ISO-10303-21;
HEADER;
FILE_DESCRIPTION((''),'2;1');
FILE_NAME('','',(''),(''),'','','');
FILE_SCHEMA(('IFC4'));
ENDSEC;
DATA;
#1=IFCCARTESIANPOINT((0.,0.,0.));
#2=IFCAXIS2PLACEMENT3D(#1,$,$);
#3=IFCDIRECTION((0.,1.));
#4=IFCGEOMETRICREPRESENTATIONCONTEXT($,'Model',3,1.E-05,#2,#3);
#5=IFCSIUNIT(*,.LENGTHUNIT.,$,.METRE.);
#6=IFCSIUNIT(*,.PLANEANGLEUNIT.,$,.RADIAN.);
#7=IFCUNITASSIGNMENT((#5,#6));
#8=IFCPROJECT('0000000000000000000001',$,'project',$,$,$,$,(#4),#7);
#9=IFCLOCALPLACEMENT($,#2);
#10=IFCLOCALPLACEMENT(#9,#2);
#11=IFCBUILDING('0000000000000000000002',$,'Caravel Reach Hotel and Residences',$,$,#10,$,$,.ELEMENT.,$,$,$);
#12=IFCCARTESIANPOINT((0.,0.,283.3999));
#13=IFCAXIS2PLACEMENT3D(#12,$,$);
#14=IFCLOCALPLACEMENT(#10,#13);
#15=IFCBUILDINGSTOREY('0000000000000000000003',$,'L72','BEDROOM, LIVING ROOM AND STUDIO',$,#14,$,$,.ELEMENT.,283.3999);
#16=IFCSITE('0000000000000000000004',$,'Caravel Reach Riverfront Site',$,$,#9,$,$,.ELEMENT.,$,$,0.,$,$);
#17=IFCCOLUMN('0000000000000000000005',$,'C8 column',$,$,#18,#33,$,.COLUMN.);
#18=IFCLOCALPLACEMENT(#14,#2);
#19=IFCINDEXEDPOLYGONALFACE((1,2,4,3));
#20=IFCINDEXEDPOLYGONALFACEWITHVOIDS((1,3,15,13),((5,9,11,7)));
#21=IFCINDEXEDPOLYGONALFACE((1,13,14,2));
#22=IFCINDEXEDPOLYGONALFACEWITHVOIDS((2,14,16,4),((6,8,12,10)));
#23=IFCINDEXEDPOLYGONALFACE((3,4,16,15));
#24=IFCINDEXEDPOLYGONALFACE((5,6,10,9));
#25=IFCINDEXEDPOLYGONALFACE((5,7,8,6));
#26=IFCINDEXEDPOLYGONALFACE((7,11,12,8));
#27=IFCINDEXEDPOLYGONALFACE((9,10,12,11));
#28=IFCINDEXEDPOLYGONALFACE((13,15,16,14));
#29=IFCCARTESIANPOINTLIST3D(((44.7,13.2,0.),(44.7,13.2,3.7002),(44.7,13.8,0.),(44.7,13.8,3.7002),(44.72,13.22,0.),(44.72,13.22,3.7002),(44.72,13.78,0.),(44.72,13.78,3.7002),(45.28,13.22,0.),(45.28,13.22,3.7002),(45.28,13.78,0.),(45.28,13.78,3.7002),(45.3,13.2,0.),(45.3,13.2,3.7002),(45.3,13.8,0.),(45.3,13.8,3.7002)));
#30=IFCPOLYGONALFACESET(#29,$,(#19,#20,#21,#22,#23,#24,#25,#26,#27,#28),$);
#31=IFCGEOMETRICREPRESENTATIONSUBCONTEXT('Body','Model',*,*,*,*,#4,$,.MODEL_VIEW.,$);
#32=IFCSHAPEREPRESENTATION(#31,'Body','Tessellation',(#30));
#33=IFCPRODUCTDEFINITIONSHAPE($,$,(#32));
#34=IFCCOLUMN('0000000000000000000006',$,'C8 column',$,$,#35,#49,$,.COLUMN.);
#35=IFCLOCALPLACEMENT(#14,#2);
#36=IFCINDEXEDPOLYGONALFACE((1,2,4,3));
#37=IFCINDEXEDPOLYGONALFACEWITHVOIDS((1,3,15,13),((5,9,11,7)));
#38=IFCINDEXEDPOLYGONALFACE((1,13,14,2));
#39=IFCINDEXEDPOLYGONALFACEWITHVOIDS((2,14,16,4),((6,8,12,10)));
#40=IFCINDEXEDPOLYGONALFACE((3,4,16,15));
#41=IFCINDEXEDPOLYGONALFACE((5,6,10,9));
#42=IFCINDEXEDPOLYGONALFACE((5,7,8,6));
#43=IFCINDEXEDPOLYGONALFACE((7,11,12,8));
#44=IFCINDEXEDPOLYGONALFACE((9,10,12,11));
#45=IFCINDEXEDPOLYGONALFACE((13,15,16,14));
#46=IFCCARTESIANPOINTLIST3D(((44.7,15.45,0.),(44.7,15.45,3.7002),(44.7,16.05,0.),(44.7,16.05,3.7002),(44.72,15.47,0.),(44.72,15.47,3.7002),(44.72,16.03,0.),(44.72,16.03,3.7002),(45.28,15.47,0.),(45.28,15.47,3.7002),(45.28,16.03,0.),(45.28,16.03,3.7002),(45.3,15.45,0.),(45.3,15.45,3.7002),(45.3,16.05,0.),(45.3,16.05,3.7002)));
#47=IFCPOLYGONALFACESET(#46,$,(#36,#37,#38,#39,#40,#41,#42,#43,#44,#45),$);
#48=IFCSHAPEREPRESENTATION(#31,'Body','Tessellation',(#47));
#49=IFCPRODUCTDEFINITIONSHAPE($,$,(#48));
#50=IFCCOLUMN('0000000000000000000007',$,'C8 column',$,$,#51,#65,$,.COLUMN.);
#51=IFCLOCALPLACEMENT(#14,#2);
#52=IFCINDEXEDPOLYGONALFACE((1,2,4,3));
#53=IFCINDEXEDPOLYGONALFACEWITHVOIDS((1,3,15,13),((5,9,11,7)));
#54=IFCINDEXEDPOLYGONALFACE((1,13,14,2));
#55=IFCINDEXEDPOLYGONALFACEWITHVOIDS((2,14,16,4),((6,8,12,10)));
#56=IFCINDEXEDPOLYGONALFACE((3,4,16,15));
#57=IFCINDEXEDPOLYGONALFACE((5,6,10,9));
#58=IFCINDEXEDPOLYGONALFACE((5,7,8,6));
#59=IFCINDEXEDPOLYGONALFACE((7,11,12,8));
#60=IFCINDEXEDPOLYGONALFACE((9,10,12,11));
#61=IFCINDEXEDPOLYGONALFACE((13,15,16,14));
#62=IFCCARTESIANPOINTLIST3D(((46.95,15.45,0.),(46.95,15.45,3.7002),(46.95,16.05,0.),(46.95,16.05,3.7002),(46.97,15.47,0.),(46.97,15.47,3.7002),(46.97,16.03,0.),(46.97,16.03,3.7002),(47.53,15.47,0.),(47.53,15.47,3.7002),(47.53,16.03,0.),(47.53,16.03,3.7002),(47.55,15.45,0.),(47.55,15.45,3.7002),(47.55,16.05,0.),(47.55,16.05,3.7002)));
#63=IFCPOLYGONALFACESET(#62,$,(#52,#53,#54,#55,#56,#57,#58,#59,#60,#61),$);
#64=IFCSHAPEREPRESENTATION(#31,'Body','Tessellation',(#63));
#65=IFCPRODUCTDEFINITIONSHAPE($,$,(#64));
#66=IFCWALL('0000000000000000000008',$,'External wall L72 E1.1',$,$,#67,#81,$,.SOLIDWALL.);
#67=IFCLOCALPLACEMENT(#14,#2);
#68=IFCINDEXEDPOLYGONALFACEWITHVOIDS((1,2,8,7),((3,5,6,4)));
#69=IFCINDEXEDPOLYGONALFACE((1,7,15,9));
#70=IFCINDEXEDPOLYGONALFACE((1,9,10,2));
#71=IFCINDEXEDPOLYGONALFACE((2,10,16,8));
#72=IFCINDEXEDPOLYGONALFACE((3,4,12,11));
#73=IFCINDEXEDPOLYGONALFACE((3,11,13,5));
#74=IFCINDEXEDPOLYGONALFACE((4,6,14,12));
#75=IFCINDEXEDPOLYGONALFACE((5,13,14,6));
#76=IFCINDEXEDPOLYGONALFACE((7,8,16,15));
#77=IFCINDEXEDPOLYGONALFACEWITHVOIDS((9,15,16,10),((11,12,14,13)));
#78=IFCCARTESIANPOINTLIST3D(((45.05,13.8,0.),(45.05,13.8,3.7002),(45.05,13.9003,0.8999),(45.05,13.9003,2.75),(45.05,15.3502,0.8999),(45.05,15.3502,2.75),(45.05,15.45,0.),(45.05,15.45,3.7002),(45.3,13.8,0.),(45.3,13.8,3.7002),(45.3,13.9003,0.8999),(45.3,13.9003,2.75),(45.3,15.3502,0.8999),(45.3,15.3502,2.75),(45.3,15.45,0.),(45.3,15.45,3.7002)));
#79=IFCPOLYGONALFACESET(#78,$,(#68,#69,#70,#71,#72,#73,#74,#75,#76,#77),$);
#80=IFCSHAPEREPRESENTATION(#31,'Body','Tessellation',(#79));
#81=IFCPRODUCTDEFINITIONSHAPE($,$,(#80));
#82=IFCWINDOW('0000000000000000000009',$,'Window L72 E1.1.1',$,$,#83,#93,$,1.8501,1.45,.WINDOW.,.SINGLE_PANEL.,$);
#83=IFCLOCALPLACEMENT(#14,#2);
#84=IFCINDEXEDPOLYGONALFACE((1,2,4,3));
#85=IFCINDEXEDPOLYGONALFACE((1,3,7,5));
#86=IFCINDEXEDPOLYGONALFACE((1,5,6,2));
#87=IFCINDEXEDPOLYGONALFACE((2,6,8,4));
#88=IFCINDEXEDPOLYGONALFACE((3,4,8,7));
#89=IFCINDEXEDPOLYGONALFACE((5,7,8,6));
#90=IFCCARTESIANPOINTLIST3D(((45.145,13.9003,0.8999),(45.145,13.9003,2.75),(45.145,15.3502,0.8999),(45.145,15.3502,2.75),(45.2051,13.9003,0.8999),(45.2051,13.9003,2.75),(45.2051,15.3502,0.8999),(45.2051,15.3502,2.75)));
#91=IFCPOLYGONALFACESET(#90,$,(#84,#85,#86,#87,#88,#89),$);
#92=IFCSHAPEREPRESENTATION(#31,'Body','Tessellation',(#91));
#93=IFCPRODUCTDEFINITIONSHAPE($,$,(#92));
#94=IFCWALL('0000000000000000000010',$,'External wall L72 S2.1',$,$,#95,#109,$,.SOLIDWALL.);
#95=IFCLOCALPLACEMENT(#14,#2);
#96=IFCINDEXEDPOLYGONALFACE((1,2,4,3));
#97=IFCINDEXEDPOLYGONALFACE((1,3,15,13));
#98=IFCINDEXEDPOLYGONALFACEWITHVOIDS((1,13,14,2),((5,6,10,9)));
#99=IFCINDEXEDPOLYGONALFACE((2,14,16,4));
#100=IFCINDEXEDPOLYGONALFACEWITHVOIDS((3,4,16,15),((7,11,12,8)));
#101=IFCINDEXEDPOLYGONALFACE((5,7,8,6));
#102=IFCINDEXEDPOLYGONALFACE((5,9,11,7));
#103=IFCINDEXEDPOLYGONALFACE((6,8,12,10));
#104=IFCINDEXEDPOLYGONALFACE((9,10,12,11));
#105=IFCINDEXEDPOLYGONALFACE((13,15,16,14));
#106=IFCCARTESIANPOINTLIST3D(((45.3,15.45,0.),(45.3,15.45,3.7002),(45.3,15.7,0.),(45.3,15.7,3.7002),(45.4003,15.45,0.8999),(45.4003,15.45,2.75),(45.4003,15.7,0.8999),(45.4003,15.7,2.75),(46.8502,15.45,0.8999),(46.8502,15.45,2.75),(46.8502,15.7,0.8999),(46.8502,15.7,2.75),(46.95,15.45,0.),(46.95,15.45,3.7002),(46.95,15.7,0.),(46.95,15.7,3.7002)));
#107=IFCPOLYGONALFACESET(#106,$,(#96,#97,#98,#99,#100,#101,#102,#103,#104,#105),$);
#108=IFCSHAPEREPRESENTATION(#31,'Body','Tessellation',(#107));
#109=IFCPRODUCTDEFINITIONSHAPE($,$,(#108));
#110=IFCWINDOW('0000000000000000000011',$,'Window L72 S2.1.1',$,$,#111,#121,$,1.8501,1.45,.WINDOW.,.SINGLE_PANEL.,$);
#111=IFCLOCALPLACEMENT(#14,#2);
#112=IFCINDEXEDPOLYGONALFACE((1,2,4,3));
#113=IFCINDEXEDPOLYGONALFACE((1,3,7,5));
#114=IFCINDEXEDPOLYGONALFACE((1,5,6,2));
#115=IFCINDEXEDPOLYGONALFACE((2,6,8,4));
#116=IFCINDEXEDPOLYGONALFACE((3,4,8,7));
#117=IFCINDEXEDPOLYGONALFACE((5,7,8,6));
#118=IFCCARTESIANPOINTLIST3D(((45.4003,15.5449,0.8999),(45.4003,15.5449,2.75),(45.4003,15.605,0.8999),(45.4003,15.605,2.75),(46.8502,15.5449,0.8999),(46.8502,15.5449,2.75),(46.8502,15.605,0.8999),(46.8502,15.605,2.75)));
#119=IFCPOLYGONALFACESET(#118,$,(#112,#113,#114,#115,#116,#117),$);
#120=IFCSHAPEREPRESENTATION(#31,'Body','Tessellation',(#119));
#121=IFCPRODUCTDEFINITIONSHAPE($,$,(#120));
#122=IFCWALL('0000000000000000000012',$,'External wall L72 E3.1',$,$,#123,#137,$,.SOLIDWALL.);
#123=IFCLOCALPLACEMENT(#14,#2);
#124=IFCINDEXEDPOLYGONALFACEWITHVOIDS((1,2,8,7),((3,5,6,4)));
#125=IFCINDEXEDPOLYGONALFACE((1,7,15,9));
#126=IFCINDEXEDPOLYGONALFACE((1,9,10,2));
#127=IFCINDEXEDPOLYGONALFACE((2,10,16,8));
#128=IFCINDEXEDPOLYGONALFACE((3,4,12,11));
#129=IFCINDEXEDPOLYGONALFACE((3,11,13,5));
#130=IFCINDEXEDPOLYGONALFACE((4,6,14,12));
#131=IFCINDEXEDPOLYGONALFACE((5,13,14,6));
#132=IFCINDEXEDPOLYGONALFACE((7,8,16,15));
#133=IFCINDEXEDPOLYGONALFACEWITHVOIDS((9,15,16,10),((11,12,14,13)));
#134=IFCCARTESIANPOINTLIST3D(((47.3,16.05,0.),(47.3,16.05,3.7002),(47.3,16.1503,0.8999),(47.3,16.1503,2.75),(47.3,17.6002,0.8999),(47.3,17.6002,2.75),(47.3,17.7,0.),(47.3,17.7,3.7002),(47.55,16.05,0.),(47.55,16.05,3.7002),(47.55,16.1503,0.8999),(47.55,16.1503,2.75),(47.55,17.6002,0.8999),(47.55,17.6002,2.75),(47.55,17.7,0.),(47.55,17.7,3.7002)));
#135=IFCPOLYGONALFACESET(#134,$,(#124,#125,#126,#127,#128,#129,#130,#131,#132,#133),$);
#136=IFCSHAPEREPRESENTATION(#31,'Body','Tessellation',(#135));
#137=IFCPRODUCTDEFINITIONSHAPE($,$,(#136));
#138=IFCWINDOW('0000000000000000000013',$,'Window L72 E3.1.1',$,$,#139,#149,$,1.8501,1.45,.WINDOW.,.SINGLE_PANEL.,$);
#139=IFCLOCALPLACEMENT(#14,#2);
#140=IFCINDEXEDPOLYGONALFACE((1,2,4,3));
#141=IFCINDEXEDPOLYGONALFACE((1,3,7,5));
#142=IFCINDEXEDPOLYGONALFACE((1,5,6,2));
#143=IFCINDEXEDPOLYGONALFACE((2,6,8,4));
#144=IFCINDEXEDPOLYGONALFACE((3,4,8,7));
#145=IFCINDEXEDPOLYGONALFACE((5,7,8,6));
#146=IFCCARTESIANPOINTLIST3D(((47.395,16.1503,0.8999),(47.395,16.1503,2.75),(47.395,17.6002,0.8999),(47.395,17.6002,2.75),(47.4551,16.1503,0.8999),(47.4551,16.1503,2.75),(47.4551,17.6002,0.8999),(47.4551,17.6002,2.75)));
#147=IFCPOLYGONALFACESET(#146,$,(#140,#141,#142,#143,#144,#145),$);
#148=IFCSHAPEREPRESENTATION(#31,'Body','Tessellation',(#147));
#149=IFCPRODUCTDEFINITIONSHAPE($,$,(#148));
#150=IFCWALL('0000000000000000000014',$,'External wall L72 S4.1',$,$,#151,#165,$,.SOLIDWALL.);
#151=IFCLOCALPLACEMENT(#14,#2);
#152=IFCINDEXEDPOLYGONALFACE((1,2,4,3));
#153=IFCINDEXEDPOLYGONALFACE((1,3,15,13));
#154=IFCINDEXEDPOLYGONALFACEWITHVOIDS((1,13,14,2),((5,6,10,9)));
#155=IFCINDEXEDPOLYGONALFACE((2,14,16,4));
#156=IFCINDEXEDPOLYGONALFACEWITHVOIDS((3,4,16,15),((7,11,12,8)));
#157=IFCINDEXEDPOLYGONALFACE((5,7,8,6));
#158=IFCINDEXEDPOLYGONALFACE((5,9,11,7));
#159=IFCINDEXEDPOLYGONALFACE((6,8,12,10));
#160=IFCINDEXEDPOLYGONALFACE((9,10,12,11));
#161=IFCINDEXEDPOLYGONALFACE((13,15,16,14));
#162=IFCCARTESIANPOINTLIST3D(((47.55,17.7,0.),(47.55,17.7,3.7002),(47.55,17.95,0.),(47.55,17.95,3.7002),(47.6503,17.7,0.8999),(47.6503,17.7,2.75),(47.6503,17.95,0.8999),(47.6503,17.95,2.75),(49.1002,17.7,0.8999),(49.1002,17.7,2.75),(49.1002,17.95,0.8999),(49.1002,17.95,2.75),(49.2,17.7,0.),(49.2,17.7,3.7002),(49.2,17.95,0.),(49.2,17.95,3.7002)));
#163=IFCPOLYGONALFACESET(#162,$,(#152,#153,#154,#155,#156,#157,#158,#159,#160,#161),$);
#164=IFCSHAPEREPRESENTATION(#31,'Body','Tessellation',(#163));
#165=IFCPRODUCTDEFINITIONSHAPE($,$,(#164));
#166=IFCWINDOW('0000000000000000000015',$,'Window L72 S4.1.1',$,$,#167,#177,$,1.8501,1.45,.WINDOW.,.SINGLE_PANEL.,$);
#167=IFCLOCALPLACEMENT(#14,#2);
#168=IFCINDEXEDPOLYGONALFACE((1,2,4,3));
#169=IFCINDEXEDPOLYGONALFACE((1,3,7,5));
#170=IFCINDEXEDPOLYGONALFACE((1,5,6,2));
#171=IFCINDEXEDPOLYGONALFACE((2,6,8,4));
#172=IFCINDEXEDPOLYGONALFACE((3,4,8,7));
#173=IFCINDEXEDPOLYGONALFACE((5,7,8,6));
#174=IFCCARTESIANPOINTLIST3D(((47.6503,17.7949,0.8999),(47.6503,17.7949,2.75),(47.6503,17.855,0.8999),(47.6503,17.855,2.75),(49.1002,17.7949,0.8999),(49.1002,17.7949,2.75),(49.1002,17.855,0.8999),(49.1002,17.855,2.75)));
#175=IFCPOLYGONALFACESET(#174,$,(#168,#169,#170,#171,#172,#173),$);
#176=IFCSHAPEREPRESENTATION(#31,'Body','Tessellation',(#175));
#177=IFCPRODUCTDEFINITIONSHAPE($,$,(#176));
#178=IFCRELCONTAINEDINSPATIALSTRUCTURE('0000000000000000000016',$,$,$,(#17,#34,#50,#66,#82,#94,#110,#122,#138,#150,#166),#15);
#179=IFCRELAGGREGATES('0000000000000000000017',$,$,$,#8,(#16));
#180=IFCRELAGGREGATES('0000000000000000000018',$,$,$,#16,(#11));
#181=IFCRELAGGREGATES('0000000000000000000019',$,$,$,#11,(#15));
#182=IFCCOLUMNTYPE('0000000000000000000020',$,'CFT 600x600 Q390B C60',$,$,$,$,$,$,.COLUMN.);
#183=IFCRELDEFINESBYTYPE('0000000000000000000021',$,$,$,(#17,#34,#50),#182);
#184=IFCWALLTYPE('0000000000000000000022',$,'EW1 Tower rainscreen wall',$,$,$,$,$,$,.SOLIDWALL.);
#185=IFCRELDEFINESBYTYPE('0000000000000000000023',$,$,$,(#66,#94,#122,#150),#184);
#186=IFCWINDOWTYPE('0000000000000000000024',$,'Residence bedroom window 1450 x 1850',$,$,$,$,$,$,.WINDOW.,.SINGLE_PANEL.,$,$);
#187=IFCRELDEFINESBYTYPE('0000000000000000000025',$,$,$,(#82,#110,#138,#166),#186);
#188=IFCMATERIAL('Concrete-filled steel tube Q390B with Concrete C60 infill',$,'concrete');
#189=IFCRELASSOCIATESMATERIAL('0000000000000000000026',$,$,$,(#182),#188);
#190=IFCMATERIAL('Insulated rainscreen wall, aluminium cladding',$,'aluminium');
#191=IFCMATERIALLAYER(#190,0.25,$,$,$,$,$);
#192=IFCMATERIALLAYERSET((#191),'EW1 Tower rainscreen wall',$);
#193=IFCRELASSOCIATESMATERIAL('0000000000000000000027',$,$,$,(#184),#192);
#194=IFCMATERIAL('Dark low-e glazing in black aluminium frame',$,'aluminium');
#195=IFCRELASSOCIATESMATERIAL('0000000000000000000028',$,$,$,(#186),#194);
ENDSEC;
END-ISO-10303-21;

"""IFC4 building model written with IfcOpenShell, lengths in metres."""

from ifc_helpers import new_model, si_unit, direction, frame, frame_2d, origin, origin_2d, place, context, subcontext, project, spatial, rectangle, hollow_rectangle, extrude, material, layer, layer_set, material_profile, profile_set, type_object, element, fill, save


model = new_model("IFC4")

# Units and contexts
model_context = context("Model", 3, precision=1e-05, world=origin(), true_north=direction((0.0, 1.0)))
body_context = subcontext(model_context, "Body", "Model", "MODEL_VIEW")
ifc_project = project(units=[si_unit("LENGTHUNIT", "METRE"), si_unit("PLANEANGLEUNIT", "RADIAN")], contexts=[model_context])

# Site, building, storey
site_placement = place(None, origin())
site = spatial("IfcSite", under=ifc_project, at=site_placement, Name="Caravel Reach Riverfront Site", CompositionType="ELEMENT", RefElevation=0.0)
building_placement = place(site_placement, origin())
building = spatial("IfcBuilding", under=site, at=building_placement, Name="Caravel Reach Hotel and Residences", CompositionType="ELEMENT")
storey_placement = place(building_placement, frame((0.0, 0.0, 283.3999)))
storey = spatial("IfcBuildingStorey", under=building, at=storey_placement, Name="L72", Description="BEDROOM, LIVING ROOM AND STUDIO", CompositionType="ELEMENT", Elevation=283.3999)

# Columns
ifc_material_1 = material(Name="Concrete-filled steel tube Q390B with Concrete C60 infill", Category="concrete")
ifc_material_profile = material_profile(ifc_material_1, hollow_rectangle(XDim=0.6001, YDim=0.6001, WallThickness=0.02, at=origin_2d()), Name="RHS 600x600x20")
ifc_profile_set = profile_set([ifc_material_profile], Name="Concrete-filled steel tube Q390B with Concrete C60 infill")
column_type = type_object("IfcColumnType", Name="CFT 600x600 Q390B C60", PredefinedType="COLUMN", material=ifc_profile_set)
for number, where, z_axis, x_axis, name in (
    (1, (45.0, 13.5, 0.0), (0.0, 0.0, 1.0), (1.0, 0.0, 0.0), "C8 column"),
    (2, (45.0, 15.75, 0.0), (0.0, 0.0, 1.0), (1.0, 0.0, 0.0), "C8 column"),
    (3, (47.25, 15.75, 0.0), (0.0, 0.0, 1.0), (1.0, 0.0, 0.0), "C8 column"),
):
    element("IfcColumn", number, at=place(storey_placement, frame(where, z_axis=z_axis, x_axis=x_axis)), inside=storey, type_object=column_type, Name=name, PredefinedType="COLUMN", context=body_context, shape_type="SweptSolid", body=[
        extrude(hollow_rectangle(XDim=0.6001, YDim=0.6001, WallThickness=0.02, at=origin_2d()), origin(), (0.0, 0.0, 1.0), 3.7002),
    ])

# Walls, openings, windows
ifc_material_2 = material(Name="Insulated rainscreen wall, aluminium cladding", Category="aluminium")
ifc_layer_1 = layer(ifc_material_2, 0.25)
ifc_layer_set_1 = layer_set([ifc_layer_1], Name="EW1 Tower rainscreen wall")
wall_type_1 = type_object("IfcWallType", Name="EW1 Tower rainscreen wall", PredefinedType="SOLIDWALL", material=ifc_layer_set_1)
wall_1_placement = place(storey_placement, frame((45.175, 13.8, 0.0), z_axis=(0.0, 0.0, 1.0), x_axis=(0.0, 1.0, 0.0)))
wall_1 = element("IfcWall", 4, at=wall_1_placement, inside=storey, type_object=wall_type_1, Name="External wall L72 E1.1", PredefinedType="SOLIDWALL", context=body_context, shape_type="SweptSolid", body=[
    extrude(rectangle(XDim=1.6499, YDim=0.25, at=frame_2d((0.825, 0.0))), origin(), (0.0, 0.0, 1.0), 3.7002),
])
opening_1_placement = place(wall_1_placement, frame((0.1001, 0.0, 0.8999)))
opening_1 = element("IfcOpeningElement", 5, at=opening_1_placement, cuts=wall_1, PredefinedType="OPENING", context=body_context, shape_type="SweptSolid", body=[
    extrude(rectangle(XDim=1.45, YDim=1.8501, at=frame_2d((0.7251, 0.925))), frame((0.0, 0.135, 0.0), z_axis=(0.0, -1.0, 0.0), x_axis=(1.0, 0.0, 0.0)), (0.0, 0.0, 1.0), 0.27),
])
ifc_material_3 = material(Name="Dark low-e glazing in black aluminium frame", Category="aluminium")
window_type = type_object("IfcWindowType", Name="Residence bedroom window 1450 x 1850", PartitioningType="SINGLE_PANEL", PredefinedType="WINDOW", material=ifc_material_3)
window_1_placement = place(opening_1_placement, origin())
window_1 = element("IfcWindow", 6, at=window_1_placement, inside=storey, type_object=window_type, Name="Window L72 E1.1.1", OverallHeight=1.8501, OverallWidth=1.45, PartitioningType="SINGLE_PANEL", PredefinedType="WINDOW", context=body_context, shape_type="SweptSolid", body=[
    extrude(rectangle(XDim=1.45, YDim=1.8501, at=frame_2d((0.7251, 0.925))), frame((0.0, 0.03, 0.0), z_axis=(0.0, -1.0, 0.0), x_axis=(1.0, 0.0, 0.0)), (0.0, 0.0, 1.0), 0.0601),
])
fill(opening_1, window_1)
wall_2_placement = place(storey_placement, frame((45.3, 15.575, 0.0), z_axis=(0.0, 0.0, 1.0), x_axis=(1.0, 0.0, 0.0)))
wall_2 = element("IfcWall", 7, at=wall_2_placement, inside=storey, type_object=wall_type_1, Name="External wall L72 S2.1", PredefinedType="SOLIDWALL", context=body_context, shape_type="SweptSolid", body=[
    extrude(rectangle(XDim=1.6499, YDim=0.25, at=frame_2d((0.825, 0.0))), origin(), (0.0, 0.0, 1.0), 3.7002),
])
opening_2_placement = place(wall_2_placement, frame((0.1001, 0.0, 0.8999)))
opening_2 = element("IfcOpeningElement", 8, at=opening_2_placement, cuts=wall_2, PredefinedType="OPENING", context=body_context, shape_type="SweptSolid", body=[
    extrude(rectangle(XDim=1.45, YDim=1.8501, at=frame_2d((0.7251, 0.925))), frame((0.0, 0.135, 0.0), z_axis=(0.0, -1.0, 0.0), x_axis=(1.0, 0.0, 0.0)), (0.0, 0.0, 1.0), 0.27),
])
window_2_placement = place(opening_2_placement, origin())
window_2 = element("IfcWindow", 9, at=window_2_placement, inside=storey, type_object=window_type, Name="Window L72 S2.1.1", OverallHeight=1.8501, OverallWidth=1.45, PartitioningType="SINGLE_PANEL", PredefinedType="WINDOW", context=body_context, shape_type="SweptSolid", body=[
    extrude(rectangle(XDim=1.45, YDim=1.8501, at=frame_2d((0.7251, 0.925))), frame((0.0, 0.03, 0.0), z_axis=(0.0, -1.0, 0.0), x_axis=(1.0, 0.0, 0.0)), (0.0, 0.0, 1.0), 0.0601),
])
fill(opening_2, window_2)
wall_3_placement = place(storey_placement, frame((47.425, 16.05, 0.0), z_axis=(0.0, 0.0, 1.0), x_axis=(0.0, 1.0, 0.0)))
wall_3 = element("IfcWall", 10, at=wall_3_placement, inside=storey, type_object=wall_type_1, Name="External wall L72 E3.1", PredefinedType="SOLIDWALL", context=body_context, shape_type="SweptSolid", body=[
    extrude(rectangle(XDim=1.6499, YDim=0.25, at=frame_2d((0.825, 0.0))), origin(), (0.0, 0.0, 1.0), 3.7002),
])
opening_3_placement = place(wall_3_placement, frame((0.1001, 0.0, 0.8999)))
opening_3 = element("IfcOpeningElement", 11, at=opening_3_placement, cuts=wall_3, PredefinedType="OPENING", context=body_context, shape_type="SweptSolid", body=[
    extrude(rectangle(XDim=1.45, YDim=1.8501, at=frame_2d((0.7251, 0.925))), frame((0.0, 0.135, 0.0), z_axis=(0.0, -1.0, 0.0), x_axis=(1.0, 0.0, 0.0)), (0.0, 0.0, 1.0), 0.27),
])
window_3_placement = place(opening_3_placement, origin())
window_3 = element("IfcWindow", 12, at=window_3_placement, inside=storey, type_object=window_type, Name="Window L72 E3.1.1", OverallHeight=1.8501, OverallWidth=1.45, PartitioningType="SINGLE_PANEL", PredefinedType="WINDOW", context=body_context, shape_type="SweptSolid", body=[
    extrude(rectangle(XDim=1.45, YDim=1.8501, at=frame_2d((0.7251, 0.925))), frame((0.0, 0.03, 0.0), z_axis=(0.0, -1.0, 0.0), x_axis=(1.0, 0.0, 0.0)), (0.0, 0.0, 1.0), 0.0601),
])
fill(opening_3, window_3)
wall_4_placement = place(storey_placement, frame((47.55, 17.825, 0.0), z_axis=(0.0, 0.0, 1.0), x_axis=(1.0, 0.0, 0.0)))
wall_4 = element("IfcWall", 13, at=wall_4_placement, inside=storey, type_object=wall_type_1, Name="External wall L72 S4.1", PredefinedType="SOLIDWALL", context=body_context, shape_type="SweptSolid", body=[
    extrude(rectangle(XDim=1.6499, YDim=0.25, at=frame_2d((0.825, 0.0))), origin(), (0.0, 0.0, 1.0), 3.7002),
])
opening_4_placement = place(wall_4_placement, frame((0.1001, 0.0, 0.8999)))
opening_4 = element("IfcOpeningElement", 14, at=opening_4_placement, cuts=wall_4, PredefinedType="OPENING", context=body_context, shape_type="SweptSolid", body=[
    extrude(rectangle(XDim=1.45, YDim=1.8501, at=frame_2d((0.7251, 0.925))), frame((0.0, 0.135, 0.0), z_axis=(0.0, -1.0, 0.0), x_axis=(1.0, 0.0, 0.0)), (0.0, 0.0, 1.0), 0.27),
])
window_4_placement = place(opening_4_placement, origin())
window_4 = element("IfcWindow", 15, at=window_4_placement, inside=storey, type_object=window_type, Name="Window L72 S4.1.1", OverallHeight=1.8501, OverallWidth=1.45, PartitioningType="SINGLE_PANEL", PredefinedType="WINDOW", context=body_context, shape_type="SweptSolid", body=[
    extrude(rectangle(XDim=1.45, YDim=1.8501, at=frame_2d((0.7251, 0.925))), frame((0.0, 0.03, 0.0), z_axis=(0.0, -1.0, 0.0), x_axis=(1.0, 0.0, 0.0)), (0.0, 0.0, 1.0), 0.0601),
])
fill(opening_4, window_4)

save(model, "model.ifc")
